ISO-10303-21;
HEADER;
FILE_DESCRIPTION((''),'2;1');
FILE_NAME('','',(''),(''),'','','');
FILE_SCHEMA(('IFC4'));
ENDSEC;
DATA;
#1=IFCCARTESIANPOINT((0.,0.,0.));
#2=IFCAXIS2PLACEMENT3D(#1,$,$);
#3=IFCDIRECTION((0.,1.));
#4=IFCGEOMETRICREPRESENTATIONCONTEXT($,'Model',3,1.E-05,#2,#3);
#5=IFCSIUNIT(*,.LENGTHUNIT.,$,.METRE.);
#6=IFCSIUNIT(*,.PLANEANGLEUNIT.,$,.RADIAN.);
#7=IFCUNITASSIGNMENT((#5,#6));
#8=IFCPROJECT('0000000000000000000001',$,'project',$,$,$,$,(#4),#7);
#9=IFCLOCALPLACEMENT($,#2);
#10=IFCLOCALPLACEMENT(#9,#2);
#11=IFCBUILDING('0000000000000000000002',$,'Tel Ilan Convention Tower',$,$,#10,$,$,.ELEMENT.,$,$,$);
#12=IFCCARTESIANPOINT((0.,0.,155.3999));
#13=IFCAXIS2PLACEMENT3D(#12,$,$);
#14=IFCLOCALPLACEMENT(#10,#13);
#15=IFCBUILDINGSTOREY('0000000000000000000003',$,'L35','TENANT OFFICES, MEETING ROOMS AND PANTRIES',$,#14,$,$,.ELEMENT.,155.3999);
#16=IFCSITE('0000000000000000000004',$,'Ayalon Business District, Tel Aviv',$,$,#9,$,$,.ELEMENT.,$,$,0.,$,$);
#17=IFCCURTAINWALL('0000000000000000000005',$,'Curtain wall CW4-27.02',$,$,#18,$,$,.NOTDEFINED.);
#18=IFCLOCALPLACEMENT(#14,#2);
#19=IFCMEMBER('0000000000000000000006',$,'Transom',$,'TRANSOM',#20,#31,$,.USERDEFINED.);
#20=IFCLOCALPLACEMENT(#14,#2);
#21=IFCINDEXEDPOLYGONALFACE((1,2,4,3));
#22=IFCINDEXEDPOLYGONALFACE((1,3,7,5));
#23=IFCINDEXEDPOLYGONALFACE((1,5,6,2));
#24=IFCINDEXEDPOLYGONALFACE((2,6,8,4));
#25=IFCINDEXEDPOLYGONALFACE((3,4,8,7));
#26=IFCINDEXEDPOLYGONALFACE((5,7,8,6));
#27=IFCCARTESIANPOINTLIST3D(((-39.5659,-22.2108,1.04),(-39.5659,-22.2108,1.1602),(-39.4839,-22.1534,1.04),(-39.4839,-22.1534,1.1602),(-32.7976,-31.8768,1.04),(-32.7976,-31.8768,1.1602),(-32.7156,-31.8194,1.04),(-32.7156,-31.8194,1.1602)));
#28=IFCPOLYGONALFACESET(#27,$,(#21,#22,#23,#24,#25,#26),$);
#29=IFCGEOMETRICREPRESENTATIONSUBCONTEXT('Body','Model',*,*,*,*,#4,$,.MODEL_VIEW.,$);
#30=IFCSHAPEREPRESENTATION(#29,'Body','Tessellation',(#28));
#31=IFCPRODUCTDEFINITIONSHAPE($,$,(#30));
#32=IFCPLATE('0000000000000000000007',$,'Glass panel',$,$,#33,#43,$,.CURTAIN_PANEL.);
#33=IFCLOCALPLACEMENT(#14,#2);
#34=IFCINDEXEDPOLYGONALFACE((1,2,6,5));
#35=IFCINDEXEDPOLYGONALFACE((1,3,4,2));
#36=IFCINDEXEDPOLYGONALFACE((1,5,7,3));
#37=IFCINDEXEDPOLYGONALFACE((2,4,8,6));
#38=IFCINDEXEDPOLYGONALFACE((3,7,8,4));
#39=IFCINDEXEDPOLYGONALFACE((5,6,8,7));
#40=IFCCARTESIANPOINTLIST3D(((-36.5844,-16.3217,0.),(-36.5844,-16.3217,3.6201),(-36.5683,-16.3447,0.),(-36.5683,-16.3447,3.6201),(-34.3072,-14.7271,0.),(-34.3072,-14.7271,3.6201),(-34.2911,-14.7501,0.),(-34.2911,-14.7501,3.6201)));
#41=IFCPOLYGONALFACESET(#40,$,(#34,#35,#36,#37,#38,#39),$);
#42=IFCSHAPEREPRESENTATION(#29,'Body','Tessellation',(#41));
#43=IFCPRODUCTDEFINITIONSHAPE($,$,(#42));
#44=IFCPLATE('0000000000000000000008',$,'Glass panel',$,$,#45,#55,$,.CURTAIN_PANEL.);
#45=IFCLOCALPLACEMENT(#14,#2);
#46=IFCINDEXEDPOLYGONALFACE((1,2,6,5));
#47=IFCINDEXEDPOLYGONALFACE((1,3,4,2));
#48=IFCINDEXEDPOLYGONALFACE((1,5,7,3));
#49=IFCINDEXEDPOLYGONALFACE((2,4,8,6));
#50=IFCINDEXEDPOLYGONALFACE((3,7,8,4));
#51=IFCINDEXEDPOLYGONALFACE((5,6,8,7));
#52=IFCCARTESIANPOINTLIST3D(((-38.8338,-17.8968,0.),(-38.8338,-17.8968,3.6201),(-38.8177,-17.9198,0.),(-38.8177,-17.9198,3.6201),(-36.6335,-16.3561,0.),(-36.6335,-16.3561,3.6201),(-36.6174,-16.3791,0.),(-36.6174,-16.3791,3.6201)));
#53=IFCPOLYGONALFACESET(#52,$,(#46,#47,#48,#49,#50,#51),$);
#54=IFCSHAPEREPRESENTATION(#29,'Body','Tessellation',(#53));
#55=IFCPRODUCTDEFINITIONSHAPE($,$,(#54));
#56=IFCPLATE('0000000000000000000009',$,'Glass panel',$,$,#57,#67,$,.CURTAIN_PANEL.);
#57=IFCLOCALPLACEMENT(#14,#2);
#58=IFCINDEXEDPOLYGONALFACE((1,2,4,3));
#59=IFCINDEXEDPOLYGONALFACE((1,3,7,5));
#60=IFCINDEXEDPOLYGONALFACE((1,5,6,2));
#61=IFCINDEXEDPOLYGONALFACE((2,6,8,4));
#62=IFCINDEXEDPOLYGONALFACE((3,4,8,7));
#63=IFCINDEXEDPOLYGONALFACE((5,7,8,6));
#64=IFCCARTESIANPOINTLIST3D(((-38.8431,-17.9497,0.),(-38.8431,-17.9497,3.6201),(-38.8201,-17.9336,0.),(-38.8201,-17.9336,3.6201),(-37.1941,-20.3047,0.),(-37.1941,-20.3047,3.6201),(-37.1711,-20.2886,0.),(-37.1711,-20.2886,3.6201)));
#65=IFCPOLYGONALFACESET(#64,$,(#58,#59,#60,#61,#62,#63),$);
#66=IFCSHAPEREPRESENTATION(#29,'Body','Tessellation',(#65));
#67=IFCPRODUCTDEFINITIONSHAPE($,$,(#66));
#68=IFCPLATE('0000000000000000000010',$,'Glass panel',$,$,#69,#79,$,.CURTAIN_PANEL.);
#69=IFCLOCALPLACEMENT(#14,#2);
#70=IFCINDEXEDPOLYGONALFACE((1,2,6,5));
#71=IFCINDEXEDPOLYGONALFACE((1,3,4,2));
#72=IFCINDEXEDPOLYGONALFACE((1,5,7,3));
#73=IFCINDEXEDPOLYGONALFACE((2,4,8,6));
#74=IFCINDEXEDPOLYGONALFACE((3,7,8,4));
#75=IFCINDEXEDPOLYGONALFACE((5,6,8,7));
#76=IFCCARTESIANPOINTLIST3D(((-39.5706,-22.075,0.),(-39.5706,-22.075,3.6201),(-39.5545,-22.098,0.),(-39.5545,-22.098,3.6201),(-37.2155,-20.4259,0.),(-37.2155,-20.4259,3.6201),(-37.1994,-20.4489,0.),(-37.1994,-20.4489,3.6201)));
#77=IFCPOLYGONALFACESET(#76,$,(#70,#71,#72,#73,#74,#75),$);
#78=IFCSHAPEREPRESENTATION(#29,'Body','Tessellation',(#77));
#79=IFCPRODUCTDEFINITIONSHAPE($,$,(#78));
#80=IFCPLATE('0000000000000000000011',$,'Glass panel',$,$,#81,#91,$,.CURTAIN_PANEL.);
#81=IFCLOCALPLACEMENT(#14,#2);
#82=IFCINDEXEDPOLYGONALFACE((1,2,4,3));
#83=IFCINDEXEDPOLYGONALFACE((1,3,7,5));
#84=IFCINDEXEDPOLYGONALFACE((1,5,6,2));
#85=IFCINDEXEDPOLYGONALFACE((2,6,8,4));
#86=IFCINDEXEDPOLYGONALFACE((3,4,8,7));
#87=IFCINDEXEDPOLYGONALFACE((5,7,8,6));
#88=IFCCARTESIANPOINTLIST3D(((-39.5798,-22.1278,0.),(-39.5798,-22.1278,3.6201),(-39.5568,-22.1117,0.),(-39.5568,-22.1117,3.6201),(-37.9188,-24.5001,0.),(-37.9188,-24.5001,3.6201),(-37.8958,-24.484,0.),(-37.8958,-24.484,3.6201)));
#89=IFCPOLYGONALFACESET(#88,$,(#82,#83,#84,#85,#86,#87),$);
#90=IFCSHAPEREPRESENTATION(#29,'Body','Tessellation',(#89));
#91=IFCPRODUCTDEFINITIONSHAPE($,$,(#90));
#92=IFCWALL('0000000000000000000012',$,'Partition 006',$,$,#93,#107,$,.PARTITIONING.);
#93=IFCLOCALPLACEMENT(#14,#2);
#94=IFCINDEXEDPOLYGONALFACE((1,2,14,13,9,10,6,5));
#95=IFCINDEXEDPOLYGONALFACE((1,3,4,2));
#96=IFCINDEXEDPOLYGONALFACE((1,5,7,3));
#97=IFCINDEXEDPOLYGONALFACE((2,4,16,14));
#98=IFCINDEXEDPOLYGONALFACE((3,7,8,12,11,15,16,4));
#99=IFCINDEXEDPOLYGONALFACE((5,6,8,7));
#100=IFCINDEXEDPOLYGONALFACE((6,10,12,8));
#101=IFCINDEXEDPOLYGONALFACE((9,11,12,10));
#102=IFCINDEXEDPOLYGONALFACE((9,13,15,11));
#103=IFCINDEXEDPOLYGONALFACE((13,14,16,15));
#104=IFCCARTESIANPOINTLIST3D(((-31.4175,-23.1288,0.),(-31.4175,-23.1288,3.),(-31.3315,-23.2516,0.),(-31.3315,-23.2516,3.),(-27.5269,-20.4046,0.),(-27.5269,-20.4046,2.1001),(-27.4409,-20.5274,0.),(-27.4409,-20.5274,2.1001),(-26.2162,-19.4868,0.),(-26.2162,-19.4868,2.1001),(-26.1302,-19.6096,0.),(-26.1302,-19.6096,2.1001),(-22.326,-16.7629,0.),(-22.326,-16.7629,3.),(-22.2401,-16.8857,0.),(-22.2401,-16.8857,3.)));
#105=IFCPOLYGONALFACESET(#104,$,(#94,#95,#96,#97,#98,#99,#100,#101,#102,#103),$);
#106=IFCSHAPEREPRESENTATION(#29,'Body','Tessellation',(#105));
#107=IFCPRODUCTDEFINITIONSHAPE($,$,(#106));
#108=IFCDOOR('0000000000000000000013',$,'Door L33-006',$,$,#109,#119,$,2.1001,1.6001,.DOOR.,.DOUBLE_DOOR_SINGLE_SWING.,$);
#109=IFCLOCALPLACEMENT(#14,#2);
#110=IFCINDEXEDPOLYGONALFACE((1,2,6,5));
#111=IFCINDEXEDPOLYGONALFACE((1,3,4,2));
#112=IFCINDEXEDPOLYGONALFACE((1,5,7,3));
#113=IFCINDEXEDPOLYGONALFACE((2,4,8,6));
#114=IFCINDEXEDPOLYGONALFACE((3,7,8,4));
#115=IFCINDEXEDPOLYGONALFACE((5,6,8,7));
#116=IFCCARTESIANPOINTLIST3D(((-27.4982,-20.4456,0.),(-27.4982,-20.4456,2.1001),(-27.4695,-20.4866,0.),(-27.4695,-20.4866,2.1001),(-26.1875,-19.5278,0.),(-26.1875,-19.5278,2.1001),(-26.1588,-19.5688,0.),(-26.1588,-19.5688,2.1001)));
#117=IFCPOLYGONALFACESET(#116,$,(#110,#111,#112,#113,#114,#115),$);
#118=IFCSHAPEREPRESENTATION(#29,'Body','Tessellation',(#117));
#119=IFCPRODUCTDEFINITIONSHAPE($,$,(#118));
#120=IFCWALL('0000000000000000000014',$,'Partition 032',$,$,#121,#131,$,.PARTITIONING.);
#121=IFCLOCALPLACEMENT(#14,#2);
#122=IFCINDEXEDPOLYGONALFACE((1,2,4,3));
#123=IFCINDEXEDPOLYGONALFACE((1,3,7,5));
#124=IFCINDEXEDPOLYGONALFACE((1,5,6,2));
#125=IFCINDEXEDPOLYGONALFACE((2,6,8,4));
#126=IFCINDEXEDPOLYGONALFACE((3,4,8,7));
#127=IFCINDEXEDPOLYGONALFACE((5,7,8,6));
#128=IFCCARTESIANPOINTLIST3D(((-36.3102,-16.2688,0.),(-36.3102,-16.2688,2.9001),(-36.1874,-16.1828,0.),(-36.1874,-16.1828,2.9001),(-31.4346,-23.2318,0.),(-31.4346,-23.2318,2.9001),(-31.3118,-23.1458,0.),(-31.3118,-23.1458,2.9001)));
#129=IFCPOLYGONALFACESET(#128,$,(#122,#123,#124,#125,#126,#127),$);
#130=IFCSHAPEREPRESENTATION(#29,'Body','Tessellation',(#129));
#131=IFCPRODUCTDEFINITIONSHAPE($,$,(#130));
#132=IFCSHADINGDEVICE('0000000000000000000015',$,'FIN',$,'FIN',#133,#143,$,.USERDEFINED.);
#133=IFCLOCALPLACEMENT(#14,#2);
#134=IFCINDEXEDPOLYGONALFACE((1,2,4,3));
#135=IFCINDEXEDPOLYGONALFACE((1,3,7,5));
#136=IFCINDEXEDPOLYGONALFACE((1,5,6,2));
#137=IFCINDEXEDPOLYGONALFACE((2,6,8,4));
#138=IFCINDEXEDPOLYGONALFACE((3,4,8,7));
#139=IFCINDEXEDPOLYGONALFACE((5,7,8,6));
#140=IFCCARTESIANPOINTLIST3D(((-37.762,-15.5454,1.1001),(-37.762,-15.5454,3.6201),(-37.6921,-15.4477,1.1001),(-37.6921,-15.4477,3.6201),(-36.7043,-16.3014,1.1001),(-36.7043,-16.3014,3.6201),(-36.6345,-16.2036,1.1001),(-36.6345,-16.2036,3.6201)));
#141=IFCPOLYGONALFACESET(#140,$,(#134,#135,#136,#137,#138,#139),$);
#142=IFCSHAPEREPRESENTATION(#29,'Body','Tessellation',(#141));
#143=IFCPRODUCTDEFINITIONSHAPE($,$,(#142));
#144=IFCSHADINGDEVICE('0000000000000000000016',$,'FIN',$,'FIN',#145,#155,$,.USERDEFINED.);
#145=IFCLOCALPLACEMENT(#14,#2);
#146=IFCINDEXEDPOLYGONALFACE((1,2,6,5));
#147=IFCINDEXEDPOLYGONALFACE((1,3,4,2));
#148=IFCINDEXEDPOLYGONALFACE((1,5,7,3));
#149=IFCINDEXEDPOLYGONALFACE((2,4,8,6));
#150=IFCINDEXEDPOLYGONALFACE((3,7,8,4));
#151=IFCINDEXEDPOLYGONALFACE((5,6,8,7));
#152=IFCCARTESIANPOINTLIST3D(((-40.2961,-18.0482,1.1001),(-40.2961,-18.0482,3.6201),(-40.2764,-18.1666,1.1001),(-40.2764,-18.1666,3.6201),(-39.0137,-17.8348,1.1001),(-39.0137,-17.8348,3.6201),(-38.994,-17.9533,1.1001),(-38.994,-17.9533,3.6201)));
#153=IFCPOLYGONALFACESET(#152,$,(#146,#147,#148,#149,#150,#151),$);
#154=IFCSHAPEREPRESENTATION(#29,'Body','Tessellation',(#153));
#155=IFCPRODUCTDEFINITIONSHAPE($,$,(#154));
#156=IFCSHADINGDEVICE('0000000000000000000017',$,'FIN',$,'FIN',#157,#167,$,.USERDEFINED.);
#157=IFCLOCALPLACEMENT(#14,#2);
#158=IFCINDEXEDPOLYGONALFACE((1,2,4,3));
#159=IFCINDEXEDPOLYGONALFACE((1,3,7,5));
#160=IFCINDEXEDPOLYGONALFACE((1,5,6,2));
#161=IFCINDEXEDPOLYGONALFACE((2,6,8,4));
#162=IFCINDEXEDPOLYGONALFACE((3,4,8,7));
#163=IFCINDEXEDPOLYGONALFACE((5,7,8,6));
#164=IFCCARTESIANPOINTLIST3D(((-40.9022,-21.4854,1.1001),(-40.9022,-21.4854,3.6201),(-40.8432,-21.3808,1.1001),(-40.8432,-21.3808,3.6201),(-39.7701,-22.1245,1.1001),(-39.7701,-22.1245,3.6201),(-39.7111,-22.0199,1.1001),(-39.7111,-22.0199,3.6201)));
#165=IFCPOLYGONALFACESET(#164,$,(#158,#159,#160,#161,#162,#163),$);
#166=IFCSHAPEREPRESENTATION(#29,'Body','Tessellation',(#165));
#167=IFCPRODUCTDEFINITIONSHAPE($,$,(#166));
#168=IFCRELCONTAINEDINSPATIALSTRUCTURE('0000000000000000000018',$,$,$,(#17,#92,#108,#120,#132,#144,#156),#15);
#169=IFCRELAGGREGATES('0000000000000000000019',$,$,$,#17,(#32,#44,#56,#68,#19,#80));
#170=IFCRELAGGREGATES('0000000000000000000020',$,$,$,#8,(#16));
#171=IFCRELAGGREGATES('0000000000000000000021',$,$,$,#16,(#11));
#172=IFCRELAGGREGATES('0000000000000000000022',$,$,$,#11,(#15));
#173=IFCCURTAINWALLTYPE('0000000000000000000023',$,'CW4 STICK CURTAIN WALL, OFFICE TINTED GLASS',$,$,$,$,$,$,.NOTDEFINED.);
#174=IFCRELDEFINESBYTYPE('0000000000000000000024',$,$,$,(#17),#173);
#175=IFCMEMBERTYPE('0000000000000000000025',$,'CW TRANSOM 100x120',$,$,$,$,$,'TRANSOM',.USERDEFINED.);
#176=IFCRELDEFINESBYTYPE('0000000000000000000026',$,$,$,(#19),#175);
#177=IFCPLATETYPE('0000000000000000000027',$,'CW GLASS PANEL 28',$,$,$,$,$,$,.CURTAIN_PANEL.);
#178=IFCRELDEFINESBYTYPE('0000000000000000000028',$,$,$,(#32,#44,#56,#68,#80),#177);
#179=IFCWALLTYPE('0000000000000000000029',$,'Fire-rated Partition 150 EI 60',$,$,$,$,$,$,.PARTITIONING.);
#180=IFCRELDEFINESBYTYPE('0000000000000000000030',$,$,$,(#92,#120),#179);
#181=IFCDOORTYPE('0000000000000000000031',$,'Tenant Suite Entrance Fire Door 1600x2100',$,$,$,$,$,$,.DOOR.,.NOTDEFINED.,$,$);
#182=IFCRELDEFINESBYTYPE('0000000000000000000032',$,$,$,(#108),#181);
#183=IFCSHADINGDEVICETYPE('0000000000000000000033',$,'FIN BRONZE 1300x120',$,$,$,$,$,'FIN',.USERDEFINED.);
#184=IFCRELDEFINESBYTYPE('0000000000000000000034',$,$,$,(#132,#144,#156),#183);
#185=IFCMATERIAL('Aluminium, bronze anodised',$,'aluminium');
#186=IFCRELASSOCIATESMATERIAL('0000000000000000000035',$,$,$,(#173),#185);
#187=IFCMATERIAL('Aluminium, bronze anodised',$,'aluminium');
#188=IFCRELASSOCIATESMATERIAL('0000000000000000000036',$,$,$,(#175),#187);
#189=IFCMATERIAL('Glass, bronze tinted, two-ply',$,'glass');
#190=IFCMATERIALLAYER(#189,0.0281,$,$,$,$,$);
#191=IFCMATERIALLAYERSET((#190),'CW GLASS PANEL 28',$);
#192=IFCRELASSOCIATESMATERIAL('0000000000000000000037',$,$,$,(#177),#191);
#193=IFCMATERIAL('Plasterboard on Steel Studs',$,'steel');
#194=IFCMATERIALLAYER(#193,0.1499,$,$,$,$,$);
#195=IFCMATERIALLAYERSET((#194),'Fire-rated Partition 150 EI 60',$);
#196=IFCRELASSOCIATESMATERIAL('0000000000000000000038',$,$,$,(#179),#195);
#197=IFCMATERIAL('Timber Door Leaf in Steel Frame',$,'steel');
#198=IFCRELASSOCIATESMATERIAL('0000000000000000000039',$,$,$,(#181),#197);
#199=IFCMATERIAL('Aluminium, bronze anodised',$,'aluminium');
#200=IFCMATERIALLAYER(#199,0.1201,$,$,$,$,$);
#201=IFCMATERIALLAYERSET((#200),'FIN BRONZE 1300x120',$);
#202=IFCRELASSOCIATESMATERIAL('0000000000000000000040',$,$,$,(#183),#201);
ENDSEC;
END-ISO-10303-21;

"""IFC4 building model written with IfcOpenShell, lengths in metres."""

from ifc_helpers import new_model, si_unit, direction, frame, frame_2d, origin, origin_2d, place, context, subcontext, project, spatial, rectangle, extrude, material, layer, layer_set, material_profile, profile_set, type_object, element, fill, aggregate, save


model = new_model("IFC4")

# Units and contexts
model_context = context("Model", 3, precision=1e-05, world=origin(), true_north=direction((0.0, 1.0)))
body_context = subcontext(model_context, "Body", "Model", "MODEL_VIEW")
ifc_project = project(units=[si_unit("LENGTHUNIT", "METRE"), si_unit("PLANEANGLEUNIT", "RADIAN")], contexts=[model_context])

# Site, building, storey
site_placement = place(None, origin())
site = spatial("IfcSite", under=ifc_project, at=site_placement, Name="Ayalon Business District, Tel Aviv", CompositionType="ELEMENT", RefElevation=0.0)
building_placement = place(site_placement, origin())
building = spatial("IfcBuilding", under=site, at=building_placement, Name="Tel Ilan Convention Tower", CompositionType="ELEMENT")
storey_placement = place(building_placement, frame((0.0, 0.0, 155.3999)))
storey = spatial("IfcBuildingStorey", under=building, at=storey_placement, Name="L35", Description="TENANT OFFICES, MEETING ROOMS AND PANTRIES", CompositionType="ELEMENT", Elevation=155.3999)

# Curtain wall, member, plates
ifc_material_1 = material(Name="Aluminium, bronze anodised", Category="aluminium")
curtain_wall_type = type_object("IfcCurtainWallType", Name="CW4 STICK CURTAIN WALL, OFFICE TINTED GLASS", PredefinedType="NOTDEFINED", material=ifc_material_1)
curtain_wall_placement = place(storey_placement, origin())
curtain_wall = element("IfcCurtainWall", 1, at=curtain_wall_placement, inside=storey, type_object=curtain_wall_type, Name="Curtain wall CW4-27.02", PredefinedType="NOTDEFINED")
ifc_material_2 = material(Name="Aluminium, bronze anodised", Category="aluminium")
ifc_material_profile_1 = material_profile(ifc_material_2, rectangle(XDim=0.1001, YDim=0.1201, at=origin_2d()), Name="CW TRANSOM 100x120")
ifc_profile_set_1 = profile_set([ifc_material_profile_1], Name="Aluminium, bronze anodised")
member_type_1 = type_object("IfcMemberType", Name="CW TRANSOM 100x120", ElementType="TRANSOM", PredefinedType="USERDEFINED", material=ifc_profile_set_1)
member_1_placement = place(storey_placement, frame((-39.5249, -22.1821, 1.1001), z_axis=(0.573582, -0.819148, 0.0), x_axis=(0.819148, 0.573582, 0.0)))
member_1 = element("IfcMember", 2, at=member_1_placement, type_object=member_type_1, Name="Transom", ObjectType="TRANSOM", PredefinedType="USERDEFINED", context=body_context, shape_type="SweptSolid", body=[
    extrude(rectangle(XDim=0.1001, YDim=0.1201, at=origin_2d()), origin(), (0.0, 0.0, 1.0), 11.8),
])
ifc_material_3 = material(Name="Glass, bronze tinted, two-ply", Category="glass")
ifc_layer_1 = layer(ifc_material_3, 0.0281)
ifc_layer_set_1 = layer_set([ifc_layer_1], Name="CW GLASS PANEL 28")
plate_type = type_object("IfcPlateType", Name="CW GLASS PANEL 28", PredefinedType="CURTAIN_PANEL", material=ifc_layer_set_1)
plate_1_placement = place(storey_placement, frame((-35.4377, -15.5359, 0.0), z_axis=(0.0, 0.0, 1.0), x_axis=(-0.819152, -0.573576, 0.0)))
plate_1 = element("IfcPlate", 3, at=plate_1_placement, type_object=plate_type, Name="Glass panel", PredefinedType="CURTAIN_PANEL", context=body_context, shape_type="SweptSolid", body=[
    extrude(rectangle(XDim=2.78, YDim=0.0281, at=origin_2d()), origin(), (0.0, 0.0, 1.0), 3.6201),
])
plate_2_placement = place(storey_placement, frame((-37.7256, -17.1379, 0.0), z_axis=(0.0, 0.0, 1.0), x_axis=(-0.819152, -0.573576, 0.0)))
plate_2 = element("IfcPlate", 4, at=plate_2_placement, type_object=plate_type, Name="Glass panel", PredefinedType="CURTAIN_PANEL", context=body_context, shape_type="SweptSolid", body=[
    extrude(rectangle(XDim=2.686, YDim=0.0281, at=origin_2d()), origin(), (0.0, 0.0, 1.0), 3.6201),
])
plate_3_placement = place(storey_placement, frame((-38.0071, -19.1191, 0.0), z_axis=(0.0, 0.0, 1.0), x_axis=(0.573576, -0.819152, 0.0)))
plate_3 = element("IfcPlate", 5, at=plate_3_placement, type_object=plate_type, Name="Glass panel", PredefinedType="CURTAIN_PANEL", context=body_context, shape_type="SweptSolid", body=[
    extrude(rectangle(XDim=2.875, YDim=0.0281, at=origin_2d()), origin(), (0.0, 0.0, 1.0), 3.6201),
])
plate_4_placement = place(storey_placement, frame((-38.385, -21.262, 0.0), z_axis=(0.0, 0.0, 1.0), x_axis=(-0.819152, -0.573576, 0.0)))
plate_4 = element("IfcPlate", 6, at=plate_4_placement, type_object=plate_type, Name="Glass panel", PredefinedType="CURTAIN_PANEL", context=body_context, shape_type="SweptSolid", body=[
    extrude(rectangle(XDim=2.875, YDim=0.0281, at=origin_2d()), origin(), (0.0, 0.0, 1.0), 3.6201),
])
plate_5_placement = place(storey_placement, frame((-38.7378, -23.3059, 0.0), z_axis=(0.0, 0.0, 1.0), x_axis=(0.573576, -0.819152, 0.0)))
plate_5 = element("IfcPlate", 7, at=plate_5_placement, type_object=plate_type, Name="Glass panel", PredefinedType="CURTAIN_PANEL", context=body_context, shape_type="SweptSolid", body=[
    extrude(rectangle(XDim=2.896, YDim=0.0281, at=origin_2d()), origin(), (0.0, 0.0, 1.0), 3.6201),
])
aggregate(curtain_wall, [plate_1, plate_2, plate_3, plate_4, member_1, plate_5])

# Wall, opening, door
ifc_material_4 = material(Name="Plasterboard on Steel Studs", Category="steel")
ifc_layer_2 = layer(ifc_material_4, 0.1499)
ifc_layer_set_2 = layer_set([ifc_layer_2], Name="Fire-rated Partition 150 EI 60")
wall_type = type_object("IfcWallType", Name="Fire-rated Partition 150 EI 60", PredefinedType="PARTITIONING", material=ifc_layer_set_2)
wall_1_placement = place(storey_placement, frame((-31.3745, -23.1902, 0.0), z_axis=(0.0, 0.0, 1.0), x_axis=(0.819152, 0.573576, 0.0)))
wall_1 = element("IfcWall", 8, at=wall_1_placement, inside=storey, type_object=wall_type, Name="Partition 006", PredefinedType="PARTITIONING", context=body_context, shape_type="SweptSolid", body=[
    extrude(rectangle(XDim=11.0986, YDim=0.1499, at=frame_2d((5.5493, 0.0))), origin(), (0.0, 0.0, 1.0), 3.0),
])
opening_placement = place(wall_1_placement, frame((4.7495, 0.0, 0.0)))
opening = element("IfcOpeningElement", 9, at=opening_placement, cuts=wall_1, PredefinedType="OPENING", context=body_context, shape_type="SweptSolid", body=[
    extrude(rectangle(XDim=1.6001, YDim=2.1001, at=frame_2d((0.8, 1.05))), frame((0.0, 0.085, 0.0), z_axis=(0.0, -1.0, 0.0), x_axis=(1.0, 0.0, 0.0)), (0.0, 0.0, 1.0), 0.1699),
])
ifc_material_5 = material(Name="Timber Door Leaf in Steel Frame", Category="steel")
door_type = type_object("IfcDoorType", Name="Tenant Suite Entrance Fire Door 1600x2100", OperationType="NOTDEFINED", PredefinedType="DOOR", material=ifc_material_5)
door_placement = place(opening_placement, origin())
door = element("IfcDoor", 10, at=door_placement, inside=storey, type_object=door_type, Name="Door L33-006", OperationType="DOUBLE_DOOR_SINGLE_SWING", OverallHeight=2.1001, OverallWidth=1.6001, PredefinedType="DOOR", context=body_context, shape_type="SweptSolid", body=[
    extrude(rectangle(XDim=1.6001, YDim=2.1001, at=frame_2d((0.8, 1.05))), frame((0.0, 0.0249, 0.0), z_axis=(0.0, -1.0, 0.0), x_axis=(1.0, 0.0, 0.0)), (0.0, 0.0, 1.0), 0.05),
])
fill(opening, door)

# Wall
wall_2_placement = place(storey_placement, frame((-31.3733, -23.1887, 0.0), z_axis=(0.0, 0.0, 1.0), x_axis=(-0.573578, 0.819151, 0.0)))
element("IfcWall", 11, at=wall_2_placement, inside=storey, type_object=wall_type, Name="Partition 032", PredefinedType="PARTITIONING", context=body_context, shape_type="SweptSolid", body=[
    extrude(rectangle(XDim=8.5002, YDim=0.1499, at=frame_2d((4.25, 0.0))), origin(), (0.0, 0.0, 1.0), 2.9001),
])

# Shading devices
ifc_material_6 = material(Name="Aluminium, bronze anodised", Category="aluminium")
ifc_layer_3 = layer(ifc_material_6, 0.1201)
ifc_layer_set_3 = layer_set([ifc_layer_3], Name="FIN BRONZE 1300x120")
shading_device_type = type_object("IfcShadingDeviceType", Name="FIN BRONZE 1300x120", ElementType="FIN", PredefinedType="USERDEFINED", material=ifc_layer_set_3)
for number, where, z_axis, x_axis, name in (
    (12, (-37.1982, -15.8745, 1.1001), (0.0, 0.0, 1.0), (-0.813552, 0.581492, 0.0), "FIN"),
    (13, (-39.645, -18.0007, 1.1001), (0.0, 0.0, 1.0), (-0.986445, -0.164091, 0.0), "FIN"),
    (14, (-40.3066, -21.7527, 1.1001), (0.0, 0.0, 1.0), (-0.870833, 0.491579, 0.0), "FIN"),
):
    element("IfcShadingDevice", number, at=place(storey_placement, frame(where, z_axis=z_axis, x_axis=x_axis)), inside=storey, type_object=shading_device_type, Name=name, ObjectType="FIN", PredefinedType="USERDEFINED", context=body_context, shape_type="SweptSolid", body=[
        extrude(rectangle(XDim=1.3, YDim=0.1201, at=origin_2d()), origin(), (0.0, 0.0, 1.0), 2.52),
    ])

save(model, "model.ifc")
